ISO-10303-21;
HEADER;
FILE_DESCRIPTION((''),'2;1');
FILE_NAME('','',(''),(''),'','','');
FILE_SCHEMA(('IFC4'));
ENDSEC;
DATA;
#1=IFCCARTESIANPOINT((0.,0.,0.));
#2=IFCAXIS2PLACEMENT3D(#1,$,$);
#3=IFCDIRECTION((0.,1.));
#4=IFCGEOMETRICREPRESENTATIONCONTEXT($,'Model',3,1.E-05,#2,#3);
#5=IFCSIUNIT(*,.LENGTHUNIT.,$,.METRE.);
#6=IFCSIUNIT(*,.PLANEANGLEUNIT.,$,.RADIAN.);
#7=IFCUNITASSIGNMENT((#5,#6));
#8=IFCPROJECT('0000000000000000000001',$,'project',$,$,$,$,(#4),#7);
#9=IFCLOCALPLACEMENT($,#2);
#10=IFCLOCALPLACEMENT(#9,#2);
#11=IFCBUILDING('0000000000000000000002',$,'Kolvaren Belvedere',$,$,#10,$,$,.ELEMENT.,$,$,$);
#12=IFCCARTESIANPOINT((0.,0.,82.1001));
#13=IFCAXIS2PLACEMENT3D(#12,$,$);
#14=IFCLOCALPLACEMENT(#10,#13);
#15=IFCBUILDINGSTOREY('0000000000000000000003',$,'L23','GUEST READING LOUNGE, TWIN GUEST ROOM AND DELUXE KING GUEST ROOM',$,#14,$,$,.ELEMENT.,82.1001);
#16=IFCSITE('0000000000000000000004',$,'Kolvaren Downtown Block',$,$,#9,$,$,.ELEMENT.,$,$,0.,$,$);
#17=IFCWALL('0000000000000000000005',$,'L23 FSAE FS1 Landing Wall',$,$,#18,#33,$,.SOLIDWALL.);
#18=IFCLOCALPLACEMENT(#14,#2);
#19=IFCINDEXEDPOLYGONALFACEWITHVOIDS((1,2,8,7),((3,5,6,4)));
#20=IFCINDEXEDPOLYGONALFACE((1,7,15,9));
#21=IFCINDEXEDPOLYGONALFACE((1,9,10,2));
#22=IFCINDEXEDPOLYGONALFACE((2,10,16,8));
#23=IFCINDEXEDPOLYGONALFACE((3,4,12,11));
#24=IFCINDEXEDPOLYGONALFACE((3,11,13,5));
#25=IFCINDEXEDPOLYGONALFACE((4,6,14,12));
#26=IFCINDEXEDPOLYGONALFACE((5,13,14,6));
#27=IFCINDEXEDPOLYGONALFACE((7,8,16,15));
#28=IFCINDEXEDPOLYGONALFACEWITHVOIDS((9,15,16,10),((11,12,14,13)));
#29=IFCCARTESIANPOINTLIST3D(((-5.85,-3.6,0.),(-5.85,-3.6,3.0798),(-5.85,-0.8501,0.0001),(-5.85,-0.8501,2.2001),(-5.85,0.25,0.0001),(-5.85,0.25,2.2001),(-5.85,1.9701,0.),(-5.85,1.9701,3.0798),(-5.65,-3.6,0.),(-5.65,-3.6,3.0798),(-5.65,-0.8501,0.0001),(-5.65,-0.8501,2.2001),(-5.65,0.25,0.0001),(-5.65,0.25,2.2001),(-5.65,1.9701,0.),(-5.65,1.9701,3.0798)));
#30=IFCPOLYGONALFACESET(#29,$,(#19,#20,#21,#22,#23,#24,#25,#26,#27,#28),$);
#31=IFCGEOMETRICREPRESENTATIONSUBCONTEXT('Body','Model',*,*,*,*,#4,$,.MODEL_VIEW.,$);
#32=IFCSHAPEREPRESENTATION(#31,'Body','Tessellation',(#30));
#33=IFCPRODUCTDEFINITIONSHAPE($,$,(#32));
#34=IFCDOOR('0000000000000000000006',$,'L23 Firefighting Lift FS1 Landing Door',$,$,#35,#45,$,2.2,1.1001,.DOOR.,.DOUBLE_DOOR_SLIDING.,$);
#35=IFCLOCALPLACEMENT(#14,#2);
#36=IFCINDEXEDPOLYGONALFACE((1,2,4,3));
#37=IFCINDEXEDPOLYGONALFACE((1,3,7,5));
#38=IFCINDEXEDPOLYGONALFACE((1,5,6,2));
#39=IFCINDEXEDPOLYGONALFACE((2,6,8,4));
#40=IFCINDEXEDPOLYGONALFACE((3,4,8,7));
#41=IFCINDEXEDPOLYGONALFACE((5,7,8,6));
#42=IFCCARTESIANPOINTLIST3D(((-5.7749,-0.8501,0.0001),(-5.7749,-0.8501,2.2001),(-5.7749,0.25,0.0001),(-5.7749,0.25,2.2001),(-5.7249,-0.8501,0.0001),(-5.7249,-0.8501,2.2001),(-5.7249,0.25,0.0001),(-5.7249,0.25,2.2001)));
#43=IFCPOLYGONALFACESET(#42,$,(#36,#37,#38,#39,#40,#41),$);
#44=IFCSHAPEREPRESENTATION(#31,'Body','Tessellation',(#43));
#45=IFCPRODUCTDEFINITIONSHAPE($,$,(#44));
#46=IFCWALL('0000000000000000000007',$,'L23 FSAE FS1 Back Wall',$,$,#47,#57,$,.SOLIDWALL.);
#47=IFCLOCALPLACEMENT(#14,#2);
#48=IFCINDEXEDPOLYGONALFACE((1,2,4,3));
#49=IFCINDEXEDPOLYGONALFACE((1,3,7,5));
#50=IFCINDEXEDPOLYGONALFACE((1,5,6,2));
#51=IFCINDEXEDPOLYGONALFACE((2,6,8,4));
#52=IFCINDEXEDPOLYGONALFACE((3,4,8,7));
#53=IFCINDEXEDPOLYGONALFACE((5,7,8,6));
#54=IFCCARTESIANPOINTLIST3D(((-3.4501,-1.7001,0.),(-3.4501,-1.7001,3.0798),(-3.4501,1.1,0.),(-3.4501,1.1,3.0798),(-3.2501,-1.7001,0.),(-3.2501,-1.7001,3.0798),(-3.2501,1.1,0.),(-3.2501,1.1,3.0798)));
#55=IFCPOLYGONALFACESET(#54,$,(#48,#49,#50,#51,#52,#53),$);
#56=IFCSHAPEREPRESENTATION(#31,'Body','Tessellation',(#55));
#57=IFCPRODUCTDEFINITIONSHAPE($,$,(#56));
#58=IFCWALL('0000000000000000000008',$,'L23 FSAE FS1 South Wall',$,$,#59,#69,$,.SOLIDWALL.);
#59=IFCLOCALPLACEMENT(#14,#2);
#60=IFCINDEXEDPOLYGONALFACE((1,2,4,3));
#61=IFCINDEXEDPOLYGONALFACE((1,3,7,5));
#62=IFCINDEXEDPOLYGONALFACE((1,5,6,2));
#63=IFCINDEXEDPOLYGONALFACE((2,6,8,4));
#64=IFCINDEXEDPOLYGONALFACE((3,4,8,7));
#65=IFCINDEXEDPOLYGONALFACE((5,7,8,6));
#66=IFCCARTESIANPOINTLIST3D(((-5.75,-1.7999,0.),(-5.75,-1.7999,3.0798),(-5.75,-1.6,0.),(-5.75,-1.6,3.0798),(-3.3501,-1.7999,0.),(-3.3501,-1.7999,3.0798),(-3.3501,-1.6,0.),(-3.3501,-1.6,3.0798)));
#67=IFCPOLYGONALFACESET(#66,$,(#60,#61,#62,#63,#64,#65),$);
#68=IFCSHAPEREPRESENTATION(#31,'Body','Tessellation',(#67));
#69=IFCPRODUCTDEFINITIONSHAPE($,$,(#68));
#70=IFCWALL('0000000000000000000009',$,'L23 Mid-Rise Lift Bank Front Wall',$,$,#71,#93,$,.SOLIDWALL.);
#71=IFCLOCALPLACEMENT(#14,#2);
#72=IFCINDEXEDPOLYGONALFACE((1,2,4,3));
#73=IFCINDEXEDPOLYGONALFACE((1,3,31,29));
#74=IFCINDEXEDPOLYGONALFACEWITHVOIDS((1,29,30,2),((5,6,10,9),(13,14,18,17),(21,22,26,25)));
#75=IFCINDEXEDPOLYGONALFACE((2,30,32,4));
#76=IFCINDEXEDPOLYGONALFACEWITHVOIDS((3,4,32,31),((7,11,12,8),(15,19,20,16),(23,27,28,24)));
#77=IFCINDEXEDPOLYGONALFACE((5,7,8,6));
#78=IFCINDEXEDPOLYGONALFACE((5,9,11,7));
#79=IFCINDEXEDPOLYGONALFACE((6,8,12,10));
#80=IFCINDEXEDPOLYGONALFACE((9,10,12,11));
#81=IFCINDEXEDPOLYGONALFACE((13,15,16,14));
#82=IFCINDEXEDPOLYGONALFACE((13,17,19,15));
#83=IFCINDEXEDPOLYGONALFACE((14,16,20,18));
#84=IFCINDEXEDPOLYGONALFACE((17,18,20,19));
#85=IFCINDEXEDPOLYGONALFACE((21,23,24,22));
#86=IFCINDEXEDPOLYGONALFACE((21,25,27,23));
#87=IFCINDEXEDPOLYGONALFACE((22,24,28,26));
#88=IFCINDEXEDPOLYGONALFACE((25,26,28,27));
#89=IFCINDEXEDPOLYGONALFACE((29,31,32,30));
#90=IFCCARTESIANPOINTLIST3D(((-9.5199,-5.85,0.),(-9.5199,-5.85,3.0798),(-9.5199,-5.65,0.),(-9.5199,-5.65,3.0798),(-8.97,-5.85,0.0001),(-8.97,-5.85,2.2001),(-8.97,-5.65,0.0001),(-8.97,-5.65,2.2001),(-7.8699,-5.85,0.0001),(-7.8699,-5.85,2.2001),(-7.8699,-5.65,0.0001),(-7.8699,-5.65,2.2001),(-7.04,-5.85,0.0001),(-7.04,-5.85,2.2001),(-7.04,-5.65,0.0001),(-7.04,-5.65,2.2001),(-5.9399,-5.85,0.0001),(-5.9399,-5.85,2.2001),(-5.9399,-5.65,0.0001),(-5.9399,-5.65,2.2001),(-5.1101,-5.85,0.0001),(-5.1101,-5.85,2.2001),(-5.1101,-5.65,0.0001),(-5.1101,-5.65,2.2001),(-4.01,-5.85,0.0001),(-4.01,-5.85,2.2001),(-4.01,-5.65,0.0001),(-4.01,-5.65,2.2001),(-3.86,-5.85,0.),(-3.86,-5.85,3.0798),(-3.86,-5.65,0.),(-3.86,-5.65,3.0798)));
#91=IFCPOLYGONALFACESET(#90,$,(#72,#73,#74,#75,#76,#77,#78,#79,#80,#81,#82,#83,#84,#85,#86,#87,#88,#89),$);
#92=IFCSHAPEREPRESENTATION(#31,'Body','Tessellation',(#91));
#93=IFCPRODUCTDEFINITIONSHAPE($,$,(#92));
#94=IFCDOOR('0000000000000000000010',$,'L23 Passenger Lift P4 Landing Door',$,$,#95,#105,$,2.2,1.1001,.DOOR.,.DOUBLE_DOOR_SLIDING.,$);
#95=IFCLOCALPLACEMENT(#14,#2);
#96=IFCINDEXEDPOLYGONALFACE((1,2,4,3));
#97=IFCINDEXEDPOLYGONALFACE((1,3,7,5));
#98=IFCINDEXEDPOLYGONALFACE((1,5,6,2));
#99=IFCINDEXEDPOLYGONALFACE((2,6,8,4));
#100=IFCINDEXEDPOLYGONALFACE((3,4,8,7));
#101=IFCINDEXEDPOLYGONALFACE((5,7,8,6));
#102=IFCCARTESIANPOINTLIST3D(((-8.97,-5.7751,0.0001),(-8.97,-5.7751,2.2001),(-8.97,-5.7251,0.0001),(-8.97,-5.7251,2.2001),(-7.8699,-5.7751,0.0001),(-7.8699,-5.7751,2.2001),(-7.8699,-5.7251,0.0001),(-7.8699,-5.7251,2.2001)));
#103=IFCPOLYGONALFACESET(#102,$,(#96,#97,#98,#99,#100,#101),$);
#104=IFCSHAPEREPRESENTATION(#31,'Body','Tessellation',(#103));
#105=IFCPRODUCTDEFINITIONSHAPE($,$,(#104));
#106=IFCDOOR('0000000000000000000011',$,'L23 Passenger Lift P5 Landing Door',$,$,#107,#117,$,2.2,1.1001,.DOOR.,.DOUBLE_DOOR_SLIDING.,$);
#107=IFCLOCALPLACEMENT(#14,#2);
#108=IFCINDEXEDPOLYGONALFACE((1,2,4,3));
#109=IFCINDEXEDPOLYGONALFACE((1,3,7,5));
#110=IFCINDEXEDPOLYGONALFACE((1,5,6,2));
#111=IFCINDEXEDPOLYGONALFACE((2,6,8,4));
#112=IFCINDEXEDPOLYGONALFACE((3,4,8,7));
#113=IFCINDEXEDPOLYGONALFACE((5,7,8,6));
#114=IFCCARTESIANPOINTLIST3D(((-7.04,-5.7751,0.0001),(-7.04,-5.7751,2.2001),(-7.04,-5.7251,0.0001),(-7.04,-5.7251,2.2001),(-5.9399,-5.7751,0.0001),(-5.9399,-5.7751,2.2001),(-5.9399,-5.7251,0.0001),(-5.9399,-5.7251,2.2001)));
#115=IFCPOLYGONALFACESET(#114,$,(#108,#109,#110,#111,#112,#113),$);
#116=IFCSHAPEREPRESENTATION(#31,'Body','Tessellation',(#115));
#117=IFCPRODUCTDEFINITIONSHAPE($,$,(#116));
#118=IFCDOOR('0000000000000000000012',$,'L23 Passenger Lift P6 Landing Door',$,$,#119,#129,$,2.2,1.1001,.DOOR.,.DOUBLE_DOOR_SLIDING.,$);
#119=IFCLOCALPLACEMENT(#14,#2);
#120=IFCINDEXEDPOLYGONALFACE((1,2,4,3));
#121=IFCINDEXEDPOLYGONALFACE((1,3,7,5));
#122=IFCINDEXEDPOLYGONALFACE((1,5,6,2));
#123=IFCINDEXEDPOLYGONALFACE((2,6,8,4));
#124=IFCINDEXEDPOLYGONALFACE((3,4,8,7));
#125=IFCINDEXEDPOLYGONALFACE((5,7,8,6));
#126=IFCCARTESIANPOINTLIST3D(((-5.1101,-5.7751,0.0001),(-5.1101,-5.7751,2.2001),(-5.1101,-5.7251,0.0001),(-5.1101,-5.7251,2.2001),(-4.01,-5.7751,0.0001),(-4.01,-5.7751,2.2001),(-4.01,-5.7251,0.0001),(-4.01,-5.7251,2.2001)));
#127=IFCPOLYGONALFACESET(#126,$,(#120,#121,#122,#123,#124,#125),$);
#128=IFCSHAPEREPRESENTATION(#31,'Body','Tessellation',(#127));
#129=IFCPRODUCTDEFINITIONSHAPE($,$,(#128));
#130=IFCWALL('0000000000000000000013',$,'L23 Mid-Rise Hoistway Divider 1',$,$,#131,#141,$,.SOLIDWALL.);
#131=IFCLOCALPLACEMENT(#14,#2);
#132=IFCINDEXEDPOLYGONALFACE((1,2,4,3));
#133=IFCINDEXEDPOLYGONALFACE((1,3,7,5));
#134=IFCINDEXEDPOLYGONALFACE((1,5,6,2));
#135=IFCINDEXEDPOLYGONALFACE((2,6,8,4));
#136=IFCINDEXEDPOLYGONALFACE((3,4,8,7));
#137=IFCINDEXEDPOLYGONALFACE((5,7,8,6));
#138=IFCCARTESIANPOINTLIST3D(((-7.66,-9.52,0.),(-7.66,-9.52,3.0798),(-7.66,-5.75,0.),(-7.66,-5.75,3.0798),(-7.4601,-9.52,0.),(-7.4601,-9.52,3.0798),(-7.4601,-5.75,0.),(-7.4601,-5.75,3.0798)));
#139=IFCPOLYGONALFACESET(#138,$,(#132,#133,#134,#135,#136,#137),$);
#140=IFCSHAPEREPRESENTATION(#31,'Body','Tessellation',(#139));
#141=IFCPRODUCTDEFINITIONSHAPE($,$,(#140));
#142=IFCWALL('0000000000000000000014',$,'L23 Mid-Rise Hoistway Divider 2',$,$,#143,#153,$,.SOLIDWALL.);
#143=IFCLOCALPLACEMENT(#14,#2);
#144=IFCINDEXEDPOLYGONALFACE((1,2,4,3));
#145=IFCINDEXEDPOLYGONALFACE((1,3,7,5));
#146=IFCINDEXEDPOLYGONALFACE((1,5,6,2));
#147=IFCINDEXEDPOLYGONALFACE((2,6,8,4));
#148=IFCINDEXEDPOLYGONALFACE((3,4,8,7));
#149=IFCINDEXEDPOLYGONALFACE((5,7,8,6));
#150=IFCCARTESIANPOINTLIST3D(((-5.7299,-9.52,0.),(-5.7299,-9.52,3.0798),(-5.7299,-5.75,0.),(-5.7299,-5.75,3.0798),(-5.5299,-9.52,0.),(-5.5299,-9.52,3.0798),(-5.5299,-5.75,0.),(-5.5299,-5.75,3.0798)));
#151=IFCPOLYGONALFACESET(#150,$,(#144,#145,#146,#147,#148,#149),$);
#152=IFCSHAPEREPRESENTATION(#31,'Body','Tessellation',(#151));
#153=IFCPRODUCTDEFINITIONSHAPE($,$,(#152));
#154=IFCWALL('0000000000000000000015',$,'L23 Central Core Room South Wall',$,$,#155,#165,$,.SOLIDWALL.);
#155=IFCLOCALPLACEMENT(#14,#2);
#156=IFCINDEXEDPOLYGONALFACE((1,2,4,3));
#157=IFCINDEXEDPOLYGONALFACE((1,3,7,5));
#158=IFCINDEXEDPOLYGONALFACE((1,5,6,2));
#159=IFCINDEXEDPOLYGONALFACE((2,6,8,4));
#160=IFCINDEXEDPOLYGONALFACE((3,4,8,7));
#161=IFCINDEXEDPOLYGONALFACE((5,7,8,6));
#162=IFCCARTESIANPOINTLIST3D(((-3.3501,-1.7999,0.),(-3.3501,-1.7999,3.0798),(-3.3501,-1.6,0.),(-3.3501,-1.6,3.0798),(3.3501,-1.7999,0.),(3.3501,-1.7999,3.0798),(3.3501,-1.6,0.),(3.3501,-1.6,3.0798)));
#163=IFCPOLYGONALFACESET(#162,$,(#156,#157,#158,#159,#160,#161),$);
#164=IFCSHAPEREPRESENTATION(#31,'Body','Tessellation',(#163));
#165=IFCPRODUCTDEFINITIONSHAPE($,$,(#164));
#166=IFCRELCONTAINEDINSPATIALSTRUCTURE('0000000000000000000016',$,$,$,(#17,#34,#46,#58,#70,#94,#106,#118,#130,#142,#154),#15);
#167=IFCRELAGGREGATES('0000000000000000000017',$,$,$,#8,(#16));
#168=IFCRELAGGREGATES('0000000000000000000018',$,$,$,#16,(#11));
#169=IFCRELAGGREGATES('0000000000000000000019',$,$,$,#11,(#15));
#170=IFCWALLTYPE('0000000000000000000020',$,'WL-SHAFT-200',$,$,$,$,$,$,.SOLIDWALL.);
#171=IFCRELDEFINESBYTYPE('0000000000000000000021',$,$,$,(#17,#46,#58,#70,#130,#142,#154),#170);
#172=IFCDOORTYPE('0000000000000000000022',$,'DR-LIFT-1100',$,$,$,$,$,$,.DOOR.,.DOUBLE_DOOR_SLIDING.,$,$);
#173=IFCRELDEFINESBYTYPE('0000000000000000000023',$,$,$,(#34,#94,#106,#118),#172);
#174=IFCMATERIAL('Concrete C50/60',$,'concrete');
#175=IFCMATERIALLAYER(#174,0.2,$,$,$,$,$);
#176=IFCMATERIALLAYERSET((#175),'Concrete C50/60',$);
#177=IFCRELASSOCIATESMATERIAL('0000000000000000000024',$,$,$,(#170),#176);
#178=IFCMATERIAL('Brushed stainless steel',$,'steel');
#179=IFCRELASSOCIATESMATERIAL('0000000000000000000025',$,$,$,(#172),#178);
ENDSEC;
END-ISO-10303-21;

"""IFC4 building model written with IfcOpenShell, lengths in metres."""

from ifc_helpers import new_model, si_unit, direction, frame, frame_2d, origin, place, context, subcontext, project, spatial, rectangle, extrude, material, layer, layer_set, type_object, element, fill, save


model = new_model("IFC4")

# Units and contexts
model_context = context("Model", 3, precision=1e-05, world=origin(), true_north=direction((0.0, 1.0)))
body_context = subcontext(model_context, "Body", "Model", "MODEL_VIEW")
ifc_project = project(units=[si_unit("LENGTHUNIT", "METRE"), si_unit("PLANEANGLEUNIT", "RADIAN")], contexts=[model_context])

# Site, building, storey
site_placement = place(None, origin())
site = spatial("IfcSite", under=ifc_project, at=site_placement, Name="Kolvaren Downtown Block", CompositionType="ELEMENT", RefElevation=0.0)
building_placement = place(site_placement, origin())
building = spatial("IfcBuilding", under=site, at=building_placement, Name="Kolvaren Belvedere", CompositionType="ELEMENT")
storey_placement = place(building_placement, frame((0.0, 0.0, 82.1001)))
storey = spatial("IfcBuildingStorey", under=building, at=storey_placement, Name="L23", Description="GUEST READING LOUNGE, TWIN GUEST ROOM AND DELUXE KING GUEST ROOM", CompositionType="ELEMENT", Elevation=82.1001)

# Wall, opening, door
ifc_material_1 = material(Name="Concrete C50/60", Category="concrete")
ifc_layer_1 = layer(ifc_material_1, 0.2)
ifc_layer_set_1 = layer_set([ifc_layer_1], Name="Concrete C50/60")
wall_type_1 = type_object("IfcWallType", Name="WL-SHAFT-200", PredefinedType="SOLIDWALL", material=ifc_layer_set_1)
wall_1_placement = place(storey_placement, frame((-5.75, -3.6001, 0.0), z_axis=(0.0, 0.0, 1.0), x_axis=(0.0, 1.0, 0.0)))
wall_1 = element("IfcWall", 1, at=wall_1_placement, inside=storey, type_object=wall_type_1, Name="L23 FSAE FS1 Landing Wall", PredefinedType="SOLIDWALL", context=body_context, shape_type="SweptSolid", body=[
    extrude(rectangle(XDim=5.5701, YDim=0.2, at=frame_2d((2.7852, 0.0))), origin(), (0.0, 0.0, 1.0), 3.0798),
])
opening_1_placement = place(wall_1_placement, frame((2.75, 0.0, 0.0)))
opening_1 = element("IfcOpeningElement", 2, at=opening_1_placement, cuts=wall_1, PredefinedType="OPENING", context=body_context, shape_type="SweptSolid", body=[
    extrude(rectangle(XDim=1.1001, YDim=2.2, at=frame_2d((0.55, 1.1001))), frame((0.0, 0.1099, 0.0), z_axis=(0.0, -1.0, 0.0), x_axis=(1.0, 0.0, 0.0)), (0.0, 0.0, 1.0), 0.22),
])
ifc_material_2 = material(Name="Brushed stainless steel", Category="steel")
door_type_1 = type_object("IfcDoorType", Name="DR-LIFT-1100", OperationType="DOUBLE_DOOR_SLIDING", PredefinedType="DOOR", material=ifc_material_2)
door_1_placement = place(opening_1_placement, origin())
door_1 = element("IfcDoor", 3, at=door_1_placement, inside=storey, type_object=door_type_1, Name="L23 Firefighting Lift FS1 Landing Door", OperationType="DOUBLE_DOOR_SLIDING", OverallHeight=2.2, OverallWidth=1.1001, PredefinedType="DOOR", context=body_context, shape_type="SweptSolid", body=[
    extrude(rectangle(XDim=1.1001, YDim=2.2, at=frame_2d((0.55, 1.1001))), frame((0.0, 0.0249, 0.0), z_axis=(0.0, -1.0, 0.0), x_axis=(1.0, 0.0, 0.0)), (0.0, 0.0, 1.0), 0.05),
])
fill(opening_1, door_1)

# Walls
wall_2_placement = place(storey_placement, frame((-3.3501, -1.7, 0.0), z_axis=(0.0, 0.0, 1.0), x_axis=(0.0, 1.0, 0.0)))
element("IfcWall", 4, at=wall_2_placement, inside=storey, type_object=wall_type_1, Name="L23 FSAE FS1 Back Wall", PredefinedType="SOLIDWALL", context=body_context, shape_type="SweptSolid", body=[
    extrude(rectangle(XDim=2.8, YDim=0.2, at=frame_2d((1.3999, 0.0))), origin(), (0.0, 0.0, 1.0), 3.0798),
])
wall_3_placement = place(storey_placement, frame((-5.75, -1.7, 0.0), z_axis=(0.0, 0.0, 1.0), x_axis=(1.0, 0.0, 0.0)))
element("IfcWall", 5, at=wall_3_placement, inside=storey, type_object=wall_type_1, Name="L23 FSAE FS1 South Wall", PredefinedType="SOLIDWALL", context=body_context, shape_type="SweptSolid", body=[
    extrude(rectangle(XDim=2.3999, YDim=0.2, at=frame_2d((1.2, 0.0))), origin(), (0.0, 0.0, 1.0), 3.0798),
])

# Wall, openings, doors
wall_4_placement = place(storey_placement, frame((-9.52, -5.75, 0.0), z_axis=(0.0, 0.0, 1.0), x_axis=(1.0, 0.0, 0.0)))
wall_4 = element("IfcWall", 6, at=wall_4_placement, inside=storey, type_object=wall_type_1, Name="L23 Mid-Rise Lift Bank Front Wall", PredefinedType="SOLIDWALL", context=body_context, shape_type="SweptSolid", body=[
    extrude(rectangle(XDim=5.6599, YDim=0.2, at=frame_2d((2.8301, 0.0))), origin(), (0.0, 0.0, 1.0), 3.0798),
])
opening_2_placement = place(wall_4_placement, frame((0.55, 0.0, 0.0)))
opening_2 = element("IfcOpeningElement", 7, at=opening_2_placement, cuts=wall_4, PredefinedType="OPENING", context=body_context, shape_type="SweptSolid", body=[
    extrude(rectangle(XDim=1.1001, YDim=2.2, at=frame_2d((0.55, 1.1001))), frame((0.0, 0.1099, 0.0), z_axis=(0.0, -1.0, 0.0), x_axis=(1.0, 0.0, 0.0)), (0.0, 0.0, 1.0), 0.22),
])
opening_3_placement = place(wall_4_placement, frame((2.48, 0.0, 0.0)))
opening_3 = element("IfcOpeningElement", 8, at=opening_3_placement, cuts=wall_4, PredefinedType="OPENING", context=body_context, shape_type="SweptSolid", body=[
    extrude(rectangle(XDim=1.1001, YDim=2.2, at=frame_2d((0.55, 1.1001))), frame((0.0, 0.1099, 0.0), z_axis=(0.0, -1.0, 0.0), x_axis=(1.0, 0.0, 0.0)), (0.0, 0.0, 1.0), 0.22),
])
opening_4_placement = place(wall_4_placement, frame((4.4099, 0.0, 0.0)))
opening_4 = element("IfcOpeningElement", 9, at=opening_4_placement, cuts=wall_4, PredefinedType="OPENING", context=body_context, shape_type="SweptSolid", body=[
    extrude(rectangle(XDim=1.1001, YDim=2.2, at=frame_2d((0.55, 1.1001))), frame((0.0, 0.1099, 0.0), z_axis=(0.0, -1.0, 0.0), x_axis=(1.0, 0.0, 0.0)), (0.0, 0.0, 1.0), 0.22),
])
door_2_placement = place(opening_2_placement, origin())
door_2 = element("IfcDoor", 10, at=door_2_placement, inside=storey, type_object=door_type_1, Name="L23 Passenger Lift P4 Landing Door", OperationType="DOUBLE_DOOR_SLIDING", OverallHeight=2.2, OverallWidth=1.1001, PredefinedType="DOOR", context=body_context, shape_type="SweptSolid", body=[
    extrude(rectangle(XDim=1.1001, YDim=2.2, at=frame_2d((0.55, 1.1001))), frame((0.0, 0.0249, 0.0), z_axis=(0.0, -1.0, 0.0), x_axis=(1.0, 0.0, 0.0)), (0.0, 0.0, 1.0), 0.05),
])
fill(opening_2, door_2)
door_3_placement = place(opening_3_placement, origin())
door_3 = element("IfcDoor", 11, at=door_3_placement, inside=storey, type_object=door_type_1, Name="L23 Passenger Lift P5 Landing Door", OperationType="DOUBLE_DOOR_SLIDING", OverallHeight=2.2, OverallWidth=1.1001, PredefinedType="DOOR", context=body_context, shape_type="SweptSolid", body=[
    extrude(rectangle(XDim=1.1001, YDim=2.2, at=frame_2d((0.55, 1.1001))), frame((0.0, 0.0249, 0.0), z_axis=(0.0, -1.0, 0.0), x_axis=(1.0, 0.0, 0.0)), (0.0, 0.0, 1.0), 0.05),
])
fill(opening_3, door_3)
door_4_placement = place(opening_4_placement, origin())
door_4 = element("IfcDoor", 12, at=door_4_placement, inside=storey, type_object=door_type_1, Name="L23 Passenger Lift P6 Landing Door", OperationType="DOUBLE_DOOR_SLIDING", OverallHeight=2.2, OverallWidth=1.1001, PredefinedType="DOOR", context=body_context, shape_type="SweptSolid", body=[
    extrude(rectangle(XDim=1.1001, YDim=2.2, at=frame_2d((0.55, 1.1001))), frame((0.0, 0.0249, 0.0), z_axis=(0.0, -1.0, 0.0), x_axis=(1.0, 0.0, 0.0)), (0.0, 0.0, 1.0), 0.05),
])
fill(opening_4, door_4)

# Walls
for number, where, z_axis, x_axis, name in (
    (13, (-7.5601, -9.52, 0.0), (0.0, 0.0, 1.0), (0.0, 1.0, 0.0), "L23 Mid-Rise Hoistway Divider 1"),
    (14, (-5.6299, -9.52, 0.0), (0.0, 0.0, 1.0), (0.0, 1.0, 0.0), "L23 Mid-Rise Hoistway Divider 2"),
):
    element("IfcWall", number, at=place(storey_placement, frame(where, z_axis=z_axis, x_axis=x_axis)), inside=storey, type_object=wall_type_1, Name=name, PredefinedType="SOLIDWALL", context=body_context, shape_type="SweptSolid", body=[
        extrude(rectangle(XDim=3.77, YDim=0.2, at=frame_2d((1.885, 0.0))), origin(), (0.0, 0.0, 1.0), 3.0798),
    ])
wall_5_placement = place(storey_placement, frame((-3.3501, -1.7, 0.0), z_axis=(0.0, 0.0, 1.0), x_axis=(1.0, 0.0, 0.0)))
element("IfcWall", 15, at=wall_5_placement, inside=storey, type_object=wall_type_1, Name="L23 Central Core Room South Wall", PredefinedType="SOLIDWALL", context=body_context, shape_type="SweptSolid", body=[
    extrude(rectangle(XDim=6.7002, YDim=0.2, at=frame_2d((3.3501, 0.0))), origin(), (0.0, 0.0, 1.0), 3.0798),
])

save(model, "model.ifc")
